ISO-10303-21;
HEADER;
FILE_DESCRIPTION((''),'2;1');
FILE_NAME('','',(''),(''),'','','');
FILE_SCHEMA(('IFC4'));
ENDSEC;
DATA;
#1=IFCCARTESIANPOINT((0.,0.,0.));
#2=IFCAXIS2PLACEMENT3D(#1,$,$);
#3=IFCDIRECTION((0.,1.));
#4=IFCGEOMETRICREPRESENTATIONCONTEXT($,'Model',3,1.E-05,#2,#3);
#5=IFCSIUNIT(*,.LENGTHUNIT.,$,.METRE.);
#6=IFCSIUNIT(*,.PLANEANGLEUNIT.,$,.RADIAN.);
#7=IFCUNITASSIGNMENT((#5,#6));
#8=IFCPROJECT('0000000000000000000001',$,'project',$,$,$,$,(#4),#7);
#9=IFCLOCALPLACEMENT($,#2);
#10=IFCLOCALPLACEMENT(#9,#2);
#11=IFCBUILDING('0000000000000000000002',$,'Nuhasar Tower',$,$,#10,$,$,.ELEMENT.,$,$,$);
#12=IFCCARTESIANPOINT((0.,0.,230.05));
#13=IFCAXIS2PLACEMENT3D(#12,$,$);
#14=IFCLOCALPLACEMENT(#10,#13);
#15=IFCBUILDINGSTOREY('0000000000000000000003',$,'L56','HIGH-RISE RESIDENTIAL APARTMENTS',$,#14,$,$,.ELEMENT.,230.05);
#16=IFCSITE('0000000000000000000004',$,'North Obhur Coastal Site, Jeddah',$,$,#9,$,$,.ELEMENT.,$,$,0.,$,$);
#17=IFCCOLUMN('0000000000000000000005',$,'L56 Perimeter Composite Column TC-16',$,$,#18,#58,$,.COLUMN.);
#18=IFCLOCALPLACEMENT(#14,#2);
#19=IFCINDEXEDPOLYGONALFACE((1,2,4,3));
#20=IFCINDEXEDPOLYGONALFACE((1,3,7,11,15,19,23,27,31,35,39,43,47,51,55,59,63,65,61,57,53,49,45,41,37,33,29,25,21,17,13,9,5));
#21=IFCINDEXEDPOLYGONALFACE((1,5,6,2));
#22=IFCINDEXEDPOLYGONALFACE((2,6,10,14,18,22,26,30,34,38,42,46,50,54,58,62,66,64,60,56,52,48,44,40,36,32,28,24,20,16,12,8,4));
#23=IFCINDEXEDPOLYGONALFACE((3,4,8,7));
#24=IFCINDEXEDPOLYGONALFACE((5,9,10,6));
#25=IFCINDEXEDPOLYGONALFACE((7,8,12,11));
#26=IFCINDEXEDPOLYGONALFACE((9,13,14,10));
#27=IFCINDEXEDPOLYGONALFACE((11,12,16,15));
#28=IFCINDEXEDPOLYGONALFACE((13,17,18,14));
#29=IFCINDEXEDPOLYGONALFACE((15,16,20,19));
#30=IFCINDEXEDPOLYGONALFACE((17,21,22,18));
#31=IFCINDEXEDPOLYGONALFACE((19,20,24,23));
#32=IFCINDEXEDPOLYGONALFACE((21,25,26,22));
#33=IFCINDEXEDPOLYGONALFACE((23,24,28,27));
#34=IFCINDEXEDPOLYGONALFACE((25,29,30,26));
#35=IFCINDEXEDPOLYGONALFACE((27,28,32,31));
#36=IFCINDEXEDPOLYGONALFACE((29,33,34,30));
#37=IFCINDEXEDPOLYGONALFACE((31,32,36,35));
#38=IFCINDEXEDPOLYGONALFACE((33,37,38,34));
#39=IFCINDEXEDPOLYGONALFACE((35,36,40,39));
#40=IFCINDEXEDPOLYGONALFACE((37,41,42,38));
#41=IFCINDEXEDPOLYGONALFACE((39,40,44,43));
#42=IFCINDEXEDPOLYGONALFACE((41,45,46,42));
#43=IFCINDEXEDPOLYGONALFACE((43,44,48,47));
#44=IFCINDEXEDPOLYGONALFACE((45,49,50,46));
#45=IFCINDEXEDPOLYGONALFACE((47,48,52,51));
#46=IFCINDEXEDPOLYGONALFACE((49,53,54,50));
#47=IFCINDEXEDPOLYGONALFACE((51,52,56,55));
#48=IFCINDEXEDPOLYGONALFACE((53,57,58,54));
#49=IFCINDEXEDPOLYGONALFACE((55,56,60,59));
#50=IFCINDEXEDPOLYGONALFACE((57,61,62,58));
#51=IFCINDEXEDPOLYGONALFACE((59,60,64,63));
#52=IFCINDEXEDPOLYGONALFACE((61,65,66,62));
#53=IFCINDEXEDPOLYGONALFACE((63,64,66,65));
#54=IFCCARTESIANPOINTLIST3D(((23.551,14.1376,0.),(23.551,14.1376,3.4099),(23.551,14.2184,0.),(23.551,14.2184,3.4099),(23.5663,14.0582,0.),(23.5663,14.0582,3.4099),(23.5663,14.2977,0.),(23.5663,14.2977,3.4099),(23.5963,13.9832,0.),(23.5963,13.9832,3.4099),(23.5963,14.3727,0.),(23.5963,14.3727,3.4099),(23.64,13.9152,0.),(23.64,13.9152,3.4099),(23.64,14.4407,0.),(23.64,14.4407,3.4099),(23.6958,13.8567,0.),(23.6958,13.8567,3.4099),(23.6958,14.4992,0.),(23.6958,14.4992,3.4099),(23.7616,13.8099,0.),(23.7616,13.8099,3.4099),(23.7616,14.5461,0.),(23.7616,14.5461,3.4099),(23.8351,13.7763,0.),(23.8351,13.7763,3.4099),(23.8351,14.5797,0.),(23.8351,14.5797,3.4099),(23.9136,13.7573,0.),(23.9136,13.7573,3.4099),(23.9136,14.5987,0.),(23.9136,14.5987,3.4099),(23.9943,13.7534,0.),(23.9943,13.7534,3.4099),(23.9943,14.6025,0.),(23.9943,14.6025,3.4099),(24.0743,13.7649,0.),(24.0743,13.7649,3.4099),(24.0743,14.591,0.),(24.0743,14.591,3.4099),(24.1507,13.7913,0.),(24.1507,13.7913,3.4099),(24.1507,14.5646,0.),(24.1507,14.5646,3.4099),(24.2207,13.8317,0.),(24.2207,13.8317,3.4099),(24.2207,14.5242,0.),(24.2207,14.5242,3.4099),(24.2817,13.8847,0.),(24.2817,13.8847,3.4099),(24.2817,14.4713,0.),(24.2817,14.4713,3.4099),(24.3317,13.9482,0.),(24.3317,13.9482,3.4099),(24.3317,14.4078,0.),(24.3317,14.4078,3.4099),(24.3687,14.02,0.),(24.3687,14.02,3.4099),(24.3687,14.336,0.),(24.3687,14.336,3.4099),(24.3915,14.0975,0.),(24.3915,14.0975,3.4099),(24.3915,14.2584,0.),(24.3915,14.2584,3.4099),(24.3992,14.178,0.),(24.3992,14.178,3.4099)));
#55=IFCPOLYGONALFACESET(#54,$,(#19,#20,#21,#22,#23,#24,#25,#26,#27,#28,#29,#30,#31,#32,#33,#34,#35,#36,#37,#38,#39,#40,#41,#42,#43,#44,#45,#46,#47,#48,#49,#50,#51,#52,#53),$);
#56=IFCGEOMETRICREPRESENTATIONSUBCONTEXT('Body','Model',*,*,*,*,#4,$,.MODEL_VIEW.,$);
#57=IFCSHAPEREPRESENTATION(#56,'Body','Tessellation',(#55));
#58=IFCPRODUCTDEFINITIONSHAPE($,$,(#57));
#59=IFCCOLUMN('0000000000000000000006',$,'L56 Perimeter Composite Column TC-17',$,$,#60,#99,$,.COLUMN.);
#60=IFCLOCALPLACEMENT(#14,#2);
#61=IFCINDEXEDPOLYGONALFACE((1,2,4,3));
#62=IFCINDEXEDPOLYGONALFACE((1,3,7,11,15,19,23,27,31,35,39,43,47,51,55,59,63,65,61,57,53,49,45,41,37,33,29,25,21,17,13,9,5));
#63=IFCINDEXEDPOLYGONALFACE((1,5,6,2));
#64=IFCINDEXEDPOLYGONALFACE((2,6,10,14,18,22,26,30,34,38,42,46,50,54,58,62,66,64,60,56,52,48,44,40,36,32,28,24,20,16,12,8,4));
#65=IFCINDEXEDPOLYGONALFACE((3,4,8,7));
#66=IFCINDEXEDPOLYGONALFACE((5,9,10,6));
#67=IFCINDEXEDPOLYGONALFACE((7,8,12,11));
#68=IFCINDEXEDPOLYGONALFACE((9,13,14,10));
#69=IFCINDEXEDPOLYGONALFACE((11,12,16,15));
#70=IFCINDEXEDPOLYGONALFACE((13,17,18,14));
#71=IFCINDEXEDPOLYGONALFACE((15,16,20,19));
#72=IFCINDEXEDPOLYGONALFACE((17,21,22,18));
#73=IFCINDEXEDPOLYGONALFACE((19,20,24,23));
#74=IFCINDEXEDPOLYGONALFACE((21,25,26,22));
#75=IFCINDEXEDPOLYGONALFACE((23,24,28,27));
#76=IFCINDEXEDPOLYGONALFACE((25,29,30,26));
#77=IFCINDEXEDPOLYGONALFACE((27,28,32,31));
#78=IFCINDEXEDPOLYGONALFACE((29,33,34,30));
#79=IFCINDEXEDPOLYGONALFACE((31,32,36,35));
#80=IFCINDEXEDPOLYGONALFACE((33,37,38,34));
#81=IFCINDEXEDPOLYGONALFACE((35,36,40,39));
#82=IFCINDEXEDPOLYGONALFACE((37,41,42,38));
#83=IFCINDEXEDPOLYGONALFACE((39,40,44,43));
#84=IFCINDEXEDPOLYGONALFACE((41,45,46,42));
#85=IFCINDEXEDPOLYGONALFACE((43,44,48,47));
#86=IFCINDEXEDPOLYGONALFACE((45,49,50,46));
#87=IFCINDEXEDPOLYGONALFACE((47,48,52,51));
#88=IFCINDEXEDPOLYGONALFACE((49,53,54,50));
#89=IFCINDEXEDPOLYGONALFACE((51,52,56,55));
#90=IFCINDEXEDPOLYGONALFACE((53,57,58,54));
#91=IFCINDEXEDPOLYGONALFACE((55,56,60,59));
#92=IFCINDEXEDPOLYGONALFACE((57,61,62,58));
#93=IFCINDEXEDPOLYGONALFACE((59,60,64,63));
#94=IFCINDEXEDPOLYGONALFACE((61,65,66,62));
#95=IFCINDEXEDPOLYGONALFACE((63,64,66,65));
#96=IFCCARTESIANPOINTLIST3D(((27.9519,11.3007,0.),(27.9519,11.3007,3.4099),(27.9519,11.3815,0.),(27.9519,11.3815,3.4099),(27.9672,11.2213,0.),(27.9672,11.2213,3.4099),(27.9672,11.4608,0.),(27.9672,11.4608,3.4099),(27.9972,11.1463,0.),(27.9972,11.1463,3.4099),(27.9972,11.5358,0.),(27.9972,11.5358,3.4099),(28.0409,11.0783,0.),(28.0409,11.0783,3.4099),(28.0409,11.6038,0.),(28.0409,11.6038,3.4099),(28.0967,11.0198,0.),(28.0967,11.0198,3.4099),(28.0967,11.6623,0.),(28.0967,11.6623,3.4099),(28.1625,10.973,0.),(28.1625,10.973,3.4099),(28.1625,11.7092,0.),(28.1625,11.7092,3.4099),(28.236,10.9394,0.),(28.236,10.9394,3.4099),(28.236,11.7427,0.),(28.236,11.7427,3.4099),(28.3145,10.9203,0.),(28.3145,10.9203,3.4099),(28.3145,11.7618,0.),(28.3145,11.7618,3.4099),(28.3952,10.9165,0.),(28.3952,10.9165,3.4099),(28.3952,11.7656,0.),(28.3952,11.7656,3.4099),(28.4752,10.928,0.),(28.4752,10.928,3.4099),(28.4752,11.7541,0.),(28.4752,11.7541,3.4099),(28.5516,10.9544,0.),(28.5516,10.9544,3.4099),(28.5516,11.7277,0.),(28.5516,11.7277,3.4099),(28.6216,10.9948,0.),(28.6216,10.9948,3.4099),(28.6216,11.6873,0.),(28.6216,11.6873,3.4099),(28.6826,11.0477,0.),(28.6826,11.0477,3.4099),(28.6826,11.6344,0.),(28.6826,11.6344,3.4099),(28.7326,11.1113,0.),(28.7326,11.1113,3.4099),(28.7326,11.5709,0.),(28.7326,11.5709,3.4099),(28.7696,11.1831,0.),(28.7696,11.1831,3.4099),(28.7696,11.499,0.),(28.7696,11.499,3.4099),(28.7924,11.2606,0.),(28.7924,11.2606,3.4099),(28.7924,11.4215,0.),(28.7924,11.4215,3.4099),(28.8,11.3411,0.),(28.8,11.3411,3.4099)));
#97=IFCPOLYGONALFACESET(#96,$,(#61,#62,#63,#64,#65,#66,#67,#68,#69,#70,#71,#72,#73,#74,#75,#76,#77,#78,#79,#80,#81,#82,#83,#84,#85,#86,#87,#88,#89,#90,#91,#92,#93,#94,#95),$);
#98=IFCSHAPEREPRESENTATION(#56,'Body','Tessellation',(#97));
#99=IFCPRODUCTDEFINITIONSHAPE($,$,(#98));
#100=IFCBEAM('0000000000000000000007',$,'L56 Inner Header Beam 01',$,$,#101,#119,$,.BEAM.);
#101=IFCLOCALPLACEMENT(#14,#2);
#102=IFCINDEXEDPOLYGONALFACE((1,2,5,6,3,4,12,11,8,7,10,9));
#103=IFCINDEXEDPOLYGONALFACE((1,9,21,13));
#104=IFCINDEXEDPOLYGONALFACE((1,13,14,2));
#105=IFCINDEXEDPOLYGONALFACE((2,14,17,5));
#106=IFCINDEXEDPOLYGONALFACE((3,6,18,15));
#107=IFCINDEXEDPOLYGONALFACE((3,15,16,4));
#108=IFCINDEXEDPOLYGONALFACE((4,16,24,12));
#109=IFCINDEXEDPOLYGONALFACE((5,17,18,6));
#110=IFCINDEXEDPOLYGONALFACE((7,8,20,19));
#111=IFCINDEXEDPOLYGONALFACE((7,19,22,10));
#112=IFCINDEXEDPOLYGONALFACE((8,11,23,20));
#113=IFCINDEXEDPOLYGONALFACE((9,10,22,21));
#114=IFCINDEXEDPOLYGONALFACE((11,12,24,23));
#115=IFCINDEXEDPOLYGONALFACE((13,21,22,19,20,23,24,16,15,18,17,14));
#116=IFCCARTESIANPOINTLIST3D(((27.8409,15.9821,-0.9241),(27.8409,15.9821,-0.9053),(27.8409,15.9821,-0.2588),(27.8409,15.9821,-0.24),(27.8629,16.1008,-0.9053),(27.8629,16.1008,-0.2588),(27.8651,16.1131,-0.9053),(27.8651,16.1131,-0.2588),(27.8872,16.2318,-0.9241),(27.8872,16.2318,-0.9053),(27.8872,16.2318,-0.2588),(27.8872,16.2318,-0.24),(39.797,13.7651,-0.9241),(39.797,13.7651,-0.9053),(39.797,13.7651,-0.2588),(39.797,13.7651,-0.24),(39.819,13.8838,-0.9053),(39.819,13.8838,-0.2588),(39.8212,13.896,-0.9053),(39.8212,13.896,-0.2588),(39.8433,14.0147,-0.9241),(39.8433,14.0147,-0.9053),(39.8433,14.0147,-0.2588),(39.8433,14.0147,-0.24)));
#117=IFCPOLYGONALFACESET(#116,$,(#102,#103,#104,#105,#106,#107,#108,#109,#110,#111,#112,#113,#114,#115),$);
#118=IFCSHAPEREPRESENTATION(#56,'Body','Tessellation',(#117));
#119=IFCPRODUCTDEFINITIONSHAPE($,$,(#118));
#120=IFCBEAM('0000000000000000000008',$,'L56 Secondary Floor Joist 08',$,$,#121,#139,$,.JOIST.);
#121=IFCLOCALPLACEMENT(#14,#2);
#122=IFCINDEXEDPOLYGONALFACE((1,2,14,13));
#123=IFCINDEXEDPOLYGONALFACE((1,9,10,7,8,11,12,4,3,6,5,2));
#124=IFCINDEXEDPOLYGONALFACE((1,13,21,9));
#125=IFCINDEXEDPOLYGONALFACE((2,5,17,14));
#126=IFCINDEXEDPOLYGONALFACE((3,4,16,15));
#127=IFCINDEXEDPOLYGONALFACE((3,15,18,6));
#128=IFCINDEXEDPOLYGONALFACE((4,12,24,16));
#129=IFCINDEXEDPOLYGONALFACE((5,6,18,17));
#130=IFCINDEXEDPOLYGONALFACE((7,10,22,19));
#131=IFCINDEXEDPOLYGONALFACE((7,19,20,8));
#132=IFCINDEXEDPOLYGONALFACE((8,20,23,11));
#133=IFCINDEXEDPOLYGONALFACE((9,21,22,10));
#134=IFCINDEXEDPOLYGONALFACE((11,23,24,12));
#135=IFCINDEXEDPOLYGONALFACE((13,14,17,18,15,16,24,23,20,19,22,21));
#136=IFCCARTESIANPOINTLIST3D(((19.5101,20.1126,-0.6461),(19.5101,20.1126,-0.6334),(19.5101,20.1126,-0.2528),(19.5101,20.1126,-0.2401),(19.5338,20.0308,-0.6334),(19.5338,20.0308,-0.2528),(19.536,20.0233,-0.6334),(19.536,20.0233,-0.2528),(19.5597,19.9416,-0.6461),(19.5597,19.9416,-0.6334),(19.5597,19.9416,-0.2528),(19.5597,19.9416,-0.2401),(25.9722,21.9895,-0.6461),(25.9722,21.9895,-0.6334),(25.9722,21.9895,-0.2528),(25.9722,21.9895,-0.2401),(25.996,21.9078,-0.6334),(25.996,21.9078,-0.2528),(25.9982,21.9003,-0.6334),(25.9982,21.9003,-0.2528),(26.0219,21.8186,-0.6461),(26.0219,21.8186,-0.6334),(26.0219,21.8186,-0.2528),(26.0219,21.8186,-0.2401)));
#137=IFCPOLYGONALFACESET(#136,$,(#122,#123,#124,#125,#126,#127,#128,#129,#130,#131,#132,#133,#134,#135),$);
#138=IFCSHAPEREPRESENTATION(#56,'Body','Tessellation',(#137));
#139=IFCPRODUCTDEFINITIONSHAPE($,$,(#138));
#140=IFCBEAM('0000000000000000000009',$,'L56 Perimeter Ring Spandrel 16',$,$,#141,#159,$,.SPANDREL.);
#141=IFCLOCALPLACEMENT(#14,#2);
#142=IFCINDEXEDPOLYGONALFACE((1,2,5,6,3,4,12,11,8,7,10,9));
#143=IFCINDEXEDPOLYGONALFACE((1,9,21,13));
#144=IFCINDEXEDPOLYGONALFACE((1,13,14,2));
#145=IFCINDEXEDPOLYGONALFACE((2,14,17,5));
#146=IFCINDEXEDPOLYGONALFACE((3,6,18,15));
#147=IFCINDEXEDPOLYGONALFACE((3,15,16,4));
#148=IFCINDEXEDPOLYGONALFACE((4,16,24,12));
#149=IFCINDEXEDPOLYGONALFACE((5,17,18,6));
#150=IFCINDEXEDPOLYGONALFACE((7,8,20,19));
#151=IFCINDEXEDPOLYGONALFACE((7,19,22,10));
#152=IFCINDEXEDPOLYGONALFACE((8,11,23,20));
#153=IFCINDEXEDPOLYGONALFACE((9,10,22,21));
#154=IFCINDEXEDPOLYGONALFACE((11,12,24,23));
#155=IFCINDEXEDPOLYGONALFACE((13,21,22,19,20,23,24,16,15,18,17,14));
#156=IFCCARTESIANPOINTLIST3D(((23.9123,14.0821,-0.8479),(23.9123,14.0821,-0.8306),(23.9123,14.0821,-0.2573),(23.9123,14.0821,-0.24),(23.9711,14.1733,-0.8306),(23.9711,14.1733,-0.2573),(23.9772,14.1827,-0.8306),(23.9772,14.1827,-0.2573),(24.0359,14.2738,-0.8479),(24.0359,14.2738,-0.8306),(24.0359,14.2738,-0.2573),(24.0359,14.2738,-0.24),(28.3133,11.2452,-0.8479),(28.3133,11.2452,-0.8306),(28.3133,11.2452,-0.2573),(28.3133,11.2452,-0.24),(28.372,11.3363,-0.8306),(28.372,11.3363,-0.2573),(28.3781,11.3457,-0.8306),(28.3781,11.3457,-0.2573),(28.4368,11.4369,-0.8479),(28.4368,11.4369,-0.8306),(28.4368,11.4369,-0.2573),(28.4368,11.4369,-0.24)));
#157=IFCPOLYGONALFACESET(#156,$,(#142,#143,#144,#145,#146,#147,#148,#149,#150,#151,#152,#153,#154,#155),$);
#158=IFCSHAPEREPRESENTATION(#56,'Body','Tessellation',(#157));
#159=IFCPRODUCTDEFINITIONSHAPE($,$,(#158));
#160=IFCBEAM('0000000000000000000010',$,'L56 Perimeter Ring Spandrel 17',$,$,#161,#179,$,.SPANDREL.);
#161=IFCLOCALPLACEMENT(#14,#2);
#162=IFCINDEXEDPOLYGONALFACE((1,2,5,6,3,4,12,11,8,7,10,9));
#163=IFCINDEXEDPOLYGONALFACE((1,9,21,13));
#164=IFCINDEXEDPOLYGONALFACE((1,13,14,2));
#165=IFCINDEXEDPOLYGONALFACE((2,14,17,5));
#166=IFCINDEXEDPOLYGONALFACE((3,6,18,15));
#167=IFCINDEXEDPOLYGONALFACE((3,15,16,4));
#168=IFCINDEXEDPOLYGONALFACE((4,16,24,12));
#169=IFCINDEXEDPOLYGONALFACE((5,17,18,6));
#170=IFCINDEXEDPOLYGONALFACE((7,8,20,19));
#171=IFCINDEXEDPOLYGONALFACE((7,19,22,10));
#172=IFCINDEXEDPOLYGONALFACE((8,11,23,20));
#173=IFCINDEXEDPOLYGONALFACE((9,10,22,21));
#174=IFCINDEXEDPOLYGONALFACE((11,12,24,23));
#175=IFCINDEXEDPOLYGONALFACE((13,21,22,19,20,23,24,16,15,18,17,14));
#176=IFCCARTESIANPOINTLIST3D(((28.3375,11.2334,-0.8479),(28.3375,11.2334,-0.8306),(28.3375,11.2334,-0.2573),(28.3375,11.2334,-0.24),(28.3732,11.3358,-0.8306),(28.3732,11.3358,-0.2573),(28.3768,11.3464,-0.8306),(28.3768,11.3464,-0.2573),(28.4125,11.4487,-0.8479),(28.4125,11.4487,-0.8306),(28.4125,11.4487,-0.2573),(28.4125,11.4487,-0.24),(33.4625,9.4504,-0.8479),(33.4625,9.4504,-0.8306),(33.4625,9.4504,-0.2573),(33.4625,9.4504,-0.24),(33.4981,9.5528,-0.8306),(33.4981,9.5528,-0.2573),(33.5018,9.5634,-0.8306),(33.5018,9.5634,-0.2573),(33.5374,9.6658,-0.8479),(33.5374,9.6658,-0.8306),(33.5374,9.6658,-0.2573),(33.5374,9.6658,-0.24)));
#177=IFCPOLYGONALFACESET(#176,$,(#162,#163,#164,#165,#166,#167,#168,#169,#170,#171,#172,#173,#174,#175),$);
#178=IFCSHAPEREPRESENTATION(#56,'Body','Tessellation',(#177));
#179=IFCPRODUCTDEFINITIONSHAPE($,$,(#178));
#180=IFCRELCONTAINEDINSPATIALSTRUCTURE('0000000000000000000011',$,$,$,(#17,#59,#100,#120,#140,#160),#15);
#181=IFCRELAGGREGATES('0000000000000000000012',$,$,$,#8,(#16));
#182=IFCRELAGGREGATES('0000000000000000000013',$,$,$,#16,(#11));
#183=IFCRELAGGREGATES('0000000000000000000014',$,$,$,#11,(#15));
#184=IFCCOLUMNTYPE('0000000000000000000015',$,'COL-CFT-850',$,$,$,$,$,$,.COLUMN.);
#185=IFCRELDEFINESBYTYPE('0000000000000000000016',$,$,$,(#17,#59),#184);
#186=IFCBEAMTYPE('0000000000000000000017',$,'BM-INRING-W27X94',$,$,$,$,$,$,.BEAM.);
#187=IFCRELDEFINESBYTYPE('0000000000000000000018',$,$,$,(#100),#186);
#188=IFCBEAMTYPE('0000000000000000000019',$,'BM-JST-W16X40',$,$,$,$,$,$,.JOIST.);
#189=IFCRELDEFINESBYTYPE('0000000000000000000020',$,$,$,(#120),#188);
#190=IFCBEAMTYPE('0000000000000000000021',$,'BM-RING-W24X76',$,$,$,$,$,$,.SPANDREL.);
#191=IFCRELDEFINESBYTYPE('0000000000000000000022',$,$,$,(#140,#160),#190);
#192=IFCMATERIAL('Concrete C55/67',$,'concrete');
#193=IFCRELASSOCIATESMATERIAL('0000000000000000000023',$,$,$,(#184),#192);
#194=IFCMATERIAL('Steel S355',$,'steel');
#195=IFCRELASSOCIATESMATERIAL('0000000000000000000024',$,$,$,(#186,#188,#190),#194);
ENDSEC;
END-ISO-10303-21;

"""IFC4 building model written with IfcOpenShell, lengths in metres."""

from ifc_helpers import new_model, si_unit, direction, frame, origin, origin_2d, place, context, subcontext, project, spatial, circle, i_section, extrude, material, material_profile, profile_set, type_object, element, save


model = new_model("IFC4")

# Units and contexts
model_context = context("Model", 3, precision=1e-05, world=origin(), true_north=direction((0.0, 1.0)))
body_context = subcontext(model_context, "Body", "Model", "MODEL_VIEW")
ifc_project = project(units=[si_unit("LENGTHUNIT", "METRE"), si_unit("PLANEANGLEUNIT", "RADIAN")], contexts=[model_context])

# Site, building, storey
site_placement = place(None, origin())
site = spatial("IfcSite", under=ifc_project, at=site_placement, Name="North Obhur Coastal Site, Jeddah", CompositionType="ELEMENT", RefElevation=0.0)
building_placement = place(site_placement, origin())
building = spatial("IfcBuilding", under=site, at=building_placement, Name="Nuhasar Tower", CompositionType="ELEMENT")
storey_placement = place(building_placement, frame((0.0, 0.0, 230.05)))
storey = spatial("IfcBuildingStorey", under=building, at=storey_placement, Name="L56", Description="HIGH-RISE RESIDENTIAL APARTMENTS", CompositionType="ELEMENT", Elevation=230.05)

# Columns
ifc_material_1 = material(Name="Concrete C55/67", Category="concrete")
ifc_material_profile_1 = material_profile(ifc_material_1, circle(Radius=0.425, at=origin_2d()), Name="CFT850")
ifc_profile_set_1 = profile_set([ifc_material_profile_1], Name="Concrete C55/67")
column_type = type_object("IfcColumnType", Name="COL-CFT-850", PredefinedType="COLUMN", material=ifc_profile_set_1)
for number, where, z_axis, x_axis, name in (
    (1, (23.9741, 14.178, 0.0), (0.0, 0.0, 1.0), (1.0, 0.0, 0.0), "L56 Perimeter Composite Column TC-16"),
    (2, (28.375, 11.3411, 0.0), (0.0, 0.0, 1.0), (1.0, 0.0, 0.0), "L56 Perimeter Composite Column TC-17"),
):
    element("IfcColumn", number, at=place(storey_placement, frame(where, z_axis=z_axis, x_axis=x_axis)), inside=storey, type_object=column_type, Name=name, PredefinedType="COLUMN", context=body_context, shape_type="SweptSolid", body=[
        extrude(circle(Radius=0.425, at=origin_2d()), origin(), (0.0, 0.0, 1.0), 3.4099),
    ])

# Beams
ifc_material_2 = material(Name="Steel S355", Category="steel")
ifc_material_profile_2 = material_profile(ifc_material_2, i_section(OverallWidth=0.2539, OverallDepth=0.6841, WebThickness=0.0125, FlangeThickness=0.0188, at=origin_2d()), Name="W27X94")
ifc_profile_set_2 = profile_set([ifc_material_profile_2], Name="Steel S355")
beam_type_1 = type_object("IfcBeamType", Name="BM-INRING-W27X94", PredefinedType="BEAM", material=ifc_profile_set_2)
beam_1_placement = place(storey_placement, frame((27.864, 16.1069, -0.582), z_axis=(0.983238, -0.182324, 0.0), x_axis=(0.182324, 0.983238, 0.0)))
element("IfcBeam", 3, at=beam_1_placement, inside=storey, type_object=beam_type_1, Name="L56 Inner Header Beam 01", PredefinedType="BEAM", context=body_context, shape_type="SweptSolid", body=[
    extrude(i_section(OverallWidth=0.2539, OverallDepth=0.6841, WebThickness=0.0125, FlangeThickness=0.0188, at=origin_2d()), origin(), (0.0, 0.0, 1.0), 12.1599),
])
ifc_material_profile_3 = material_profile(ifc_material_2, i_section(OverallWidth=0.178, OverallDepth=0.406, WebThickness=0.0078, FlangeThickness=0.0127, at=origin_2d()), Name="W16X40")
ifc_profile_set_3 = profile_set([ifc_material_profile_3], Name="Steel S355")
beam_type_2 = type_object("IfcBeamType", Name="BM-JST-W16X40", PredefinedType="JOIST", material=ifc_profile_set_3)
beam_2_placement = place(storey_placement, frame((25.9971, 21.9041, -0.4431), z_axis=(-0.960313, -0.278926, 0.0), x_axis=(0.278926, -0.960313, 0.0)))
element("IfcBeam", 4, at=beam_2_placement, inside=storey, type_object=beam_type_2, Name="L56 Secondary Floor Joist 08", PredefinedType="JOIST", context=body_context, shape_type="SweptSolid", body=[
    extrude(i_section(OverallWidth=0.178, OverallDepth=0.406, WebThickness=0.0078, FlangeThickness=0.0127, at=origin_2d()), origin(), (0.0, 0.0, 1.0), 6.7292),
])
ifc_material_profile_4 = material_profile(ifc_material_2, i_section(OverallWidth=0.228, OverallDepth=0.6079, WebThickness=0.0112, FlangeThickness=0.0173, at=origin_2d()), Name="W24X76")
ifc_profile_set_4 = profile_set([ifc_material_profile_4], Name="Steel S355")
beam_type_3 = type_object("IfcBeamType", Name="BM-RING-W24X76", PredefinedType="SPANDREL", material=ifc_profile_set_4)
beam_3_placement = place(storey_placement, frame((23.9741, 14.178, -0.5439), z_axis=(0.840502, -0.541808, 0.0), x_axis=(0.541808, 0.840502, 0.0)))
element("IfcBeam", 5, at=beam_3_placement, inside=storey, type_object=beam_type_3, Name="L56 Perimeter Ring Spandrel 16", PredefinedType="SPANDREL", context=body_context, shape_type="SweptSolid", body=[
    extrude(i_section(OverallWidth=0.228, OverallDepth=0.6079, WebThickness=0.0112, FlangeThickness=0.0173, at=origin_2d()), origin(), (0.0, 0.0, 1.0), 5.2361),
])
beam_4_placement = place(storey_placement, frame((28.375, 11.3411, -0.5439), z_axis=(0.944477, -0.328578, 0.0), x_axis=(0.328578, 0.944477, 0.0)))
element("IfcBeam", 6, at=beam_4_placement, inside=storey, type_object=beam_type_3, Name="L56 Perimeter Ring Spandrel 17", PredefinedType="SPANDREL", context=body_context, shape_type="SweptSolid", body=[
    extrude(i_section(OverallWidth=0.228, OverallDepth=0.6079, WebThickness=0.0112, FlangeThickness=0.0173, at=origin_2d()), origin(), (0.0, 0.0, 1.0), 5.4263),
])

save(model, "model.ifc")
